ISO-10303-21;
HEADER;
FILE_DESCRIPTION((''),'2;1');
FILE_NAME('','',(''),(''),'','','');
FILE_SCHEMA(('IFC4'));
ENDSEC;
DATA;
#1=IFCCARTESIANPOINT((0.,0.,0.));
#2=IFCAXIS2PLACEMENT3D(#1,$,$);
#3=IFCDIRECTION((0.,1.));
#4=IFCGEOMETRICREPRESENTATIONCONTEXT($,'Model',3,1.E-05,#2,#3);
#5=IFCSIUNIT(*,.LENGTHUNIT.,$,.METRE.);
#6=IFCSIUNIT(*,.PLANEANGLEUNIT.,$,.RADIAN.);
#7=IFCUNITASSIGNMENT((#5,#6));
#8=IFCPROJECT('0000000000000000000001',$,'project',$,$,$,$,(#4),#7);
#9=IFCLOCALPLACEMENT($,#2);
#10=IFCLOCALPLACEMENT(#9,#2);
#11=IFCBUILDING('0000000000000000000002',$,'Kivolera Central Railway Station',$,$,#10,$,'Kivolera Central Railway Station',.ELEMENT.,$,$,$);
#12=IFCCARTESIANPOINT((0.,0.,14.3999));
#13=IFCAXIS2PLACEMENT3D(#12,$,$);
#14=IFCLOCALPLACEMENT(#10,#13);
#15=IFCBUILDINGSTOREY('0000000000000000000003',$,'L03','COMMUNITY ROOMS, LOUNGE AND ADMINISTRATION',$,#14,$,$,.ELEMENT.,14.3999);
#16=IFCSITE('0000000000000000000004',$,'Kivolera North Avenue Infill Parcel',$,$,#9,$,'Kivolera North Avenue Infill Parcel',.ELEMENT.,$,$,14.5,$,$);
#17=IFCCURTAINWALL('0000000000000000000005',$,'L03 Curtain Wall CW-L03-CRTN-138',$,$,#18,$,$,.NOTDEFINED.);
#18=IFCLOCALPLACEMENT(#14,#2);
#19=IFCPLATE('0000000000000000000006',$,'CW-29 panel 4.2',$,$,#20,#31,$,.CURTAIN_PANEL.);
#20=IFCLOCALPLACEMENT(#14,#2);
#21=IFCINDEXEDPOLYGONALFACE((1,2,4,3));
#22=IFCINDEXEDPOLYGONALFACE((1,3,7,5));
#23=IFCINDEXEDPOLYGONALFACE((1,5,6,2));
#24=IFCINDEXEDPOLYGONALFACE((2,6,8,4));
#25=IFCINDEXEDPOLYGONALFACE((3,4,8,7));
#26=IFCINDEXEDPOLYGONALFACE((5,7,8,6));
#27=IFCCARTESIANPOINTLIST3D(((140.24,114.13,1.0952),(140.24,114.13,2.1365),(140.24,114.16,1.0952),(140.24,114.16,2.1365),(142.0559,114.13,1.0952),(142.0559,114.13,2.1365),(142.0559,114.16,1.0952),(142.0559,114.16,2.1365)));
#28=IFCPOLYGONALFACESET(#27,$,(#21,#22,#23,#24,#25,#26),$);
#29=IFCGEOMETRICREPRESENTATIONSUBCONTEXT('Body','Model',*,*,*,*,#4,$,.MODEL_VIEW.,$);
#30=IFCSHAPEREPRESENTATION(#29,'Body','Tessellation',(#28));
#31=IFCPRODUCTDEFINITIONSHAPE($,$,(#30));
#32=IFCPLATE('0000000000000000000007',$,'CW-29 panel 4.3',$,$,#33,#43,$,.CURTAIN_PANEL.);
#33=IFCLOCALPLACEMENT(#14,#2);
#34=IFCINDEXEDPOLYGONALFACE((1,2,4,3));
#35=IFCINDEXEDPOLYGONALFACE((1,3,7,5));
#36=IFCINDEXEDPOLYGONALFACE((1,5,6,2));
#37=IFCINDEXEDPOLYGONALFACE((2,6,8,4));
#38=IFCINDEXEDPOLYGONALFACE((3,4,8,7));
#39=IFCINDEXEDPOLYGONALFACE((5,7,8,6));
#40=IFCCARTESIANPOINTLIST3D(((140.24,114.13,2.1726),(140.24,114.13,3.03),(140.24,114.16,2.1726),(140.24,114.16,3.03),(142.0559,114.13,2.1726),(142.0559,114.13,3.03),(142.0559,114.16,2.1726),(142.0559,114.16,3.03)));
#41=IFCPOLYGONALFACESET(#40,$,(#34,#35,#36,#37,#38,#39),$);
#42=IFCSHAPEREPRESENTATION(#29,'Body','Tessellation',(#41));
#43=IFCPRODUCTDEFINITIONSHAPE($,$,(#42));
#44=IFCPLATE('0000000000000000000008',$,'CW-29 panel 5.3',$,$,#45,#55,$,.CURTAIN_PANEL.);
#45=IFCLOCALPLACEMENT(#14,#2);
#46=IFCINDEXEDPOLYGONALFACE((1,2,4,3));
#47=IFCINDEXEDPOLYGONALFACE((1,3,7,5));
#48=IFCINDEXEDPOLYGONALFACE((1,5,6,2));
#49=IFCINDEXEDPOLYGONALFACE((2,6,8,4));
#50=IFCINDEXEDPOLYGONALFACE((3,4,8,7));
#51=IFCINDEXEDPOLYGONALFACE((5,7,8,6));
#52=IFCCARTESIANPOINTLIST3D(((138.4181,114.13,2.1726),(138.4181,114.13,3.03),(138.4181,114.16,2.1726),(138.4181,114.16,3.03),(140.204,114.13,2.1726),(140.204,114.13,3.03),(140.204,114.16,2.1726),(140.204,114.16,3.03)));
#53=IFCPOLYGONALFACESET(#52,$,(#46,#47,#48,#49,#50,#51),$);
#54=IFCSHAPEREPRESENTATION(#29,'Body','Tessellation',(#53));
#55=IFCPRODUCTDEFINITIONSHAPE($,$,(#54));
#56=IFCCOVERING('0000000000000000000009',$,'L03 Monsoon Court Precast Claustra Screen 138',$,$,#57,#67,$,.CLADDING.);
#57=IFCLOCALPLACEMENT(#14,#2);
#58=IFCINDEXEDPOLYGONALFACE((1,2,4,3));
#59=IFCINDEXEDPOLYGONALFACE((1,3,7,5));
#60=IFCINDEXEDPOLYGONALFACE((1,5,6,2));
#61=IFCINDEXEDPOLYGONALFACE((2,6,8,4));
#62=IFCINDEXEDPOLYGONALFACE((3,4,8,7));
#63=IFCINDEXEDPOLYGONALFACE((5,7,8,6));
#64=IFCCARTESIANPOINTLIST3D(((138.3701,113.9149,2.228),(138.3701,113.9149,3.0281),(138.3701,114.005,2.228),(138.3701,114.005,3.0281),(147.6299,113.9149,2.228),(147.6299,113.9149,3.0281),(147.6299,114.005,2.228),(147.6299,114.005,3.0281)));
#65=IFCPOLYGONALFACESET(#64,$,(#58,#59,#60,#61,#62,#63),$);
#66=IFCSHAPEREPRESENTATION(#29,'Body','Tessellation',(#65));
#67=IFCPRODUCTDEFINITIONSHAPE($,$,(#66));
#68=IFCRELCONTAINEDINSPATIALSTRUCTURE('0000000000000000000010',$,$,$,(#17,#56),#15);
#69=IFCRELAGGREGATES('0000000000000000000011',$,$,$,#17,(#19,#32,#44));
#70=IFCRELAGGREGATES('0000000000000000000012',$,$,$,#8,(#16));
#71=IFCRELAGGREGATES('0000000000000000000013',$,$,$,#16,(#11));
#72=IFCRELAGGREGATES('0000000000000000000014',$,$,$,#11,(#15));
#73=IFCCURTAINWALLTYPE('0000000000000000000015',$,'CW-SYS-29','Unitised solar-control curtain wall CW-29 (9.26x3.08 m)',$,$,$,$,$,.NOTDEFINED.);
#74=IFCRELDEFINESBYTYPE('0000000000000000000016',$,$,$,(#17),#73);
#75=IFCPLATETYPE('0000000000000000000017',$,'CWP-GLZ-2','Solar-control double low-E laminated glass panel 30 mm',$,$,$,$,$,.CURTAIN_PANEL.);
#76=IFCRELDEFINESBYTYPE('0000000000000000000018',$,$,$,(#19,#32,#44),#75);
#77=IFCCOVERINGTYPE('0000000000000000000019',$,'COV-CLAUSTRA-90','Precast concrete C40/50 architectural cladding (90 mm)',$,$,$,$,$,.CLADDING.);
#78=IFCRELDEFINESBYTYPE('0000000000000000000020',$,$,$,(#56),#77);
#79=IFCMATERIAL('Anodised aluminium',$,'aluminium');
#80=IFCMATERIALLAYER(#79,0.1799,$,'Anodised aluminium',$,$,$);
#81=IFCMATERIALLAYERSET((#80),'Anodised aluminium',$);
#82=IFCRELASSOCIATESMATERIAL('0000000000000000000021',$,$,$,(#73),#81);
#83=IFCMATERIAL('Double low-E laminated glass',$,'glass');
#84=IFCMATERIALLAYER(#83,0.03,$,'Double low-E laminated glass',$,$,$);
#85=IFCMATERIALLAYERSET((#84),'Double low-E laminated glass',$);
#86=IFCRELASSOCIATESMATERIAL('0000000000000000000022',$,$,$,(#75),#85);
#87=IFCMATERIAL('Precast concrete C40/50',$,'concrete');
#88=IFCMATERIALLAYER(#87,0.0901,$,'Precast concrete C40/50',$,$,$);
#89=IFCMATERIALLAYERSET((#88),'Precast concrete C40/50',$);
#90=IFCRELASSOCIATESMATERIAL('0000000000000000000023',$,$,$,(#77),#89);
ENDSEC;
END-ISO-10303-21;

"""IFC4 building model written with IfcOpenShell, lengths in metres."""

from ifc_helpers import new_model, si_unit, direction, frame, frame_2d, origin, origin_2d, place, context, subcontext, project, spatial, rectangle, extrude, material, layer, layer_set, type_object, element, aggregate, save


model = new_model("IFC4")

# Units and contexts
model_context = context("Model", 3, precision=1e-05, world=origin(), true_north=direction((0.0, 1.0)))
body_context = subcontext(model_context, "Body", "Model", "MODEL_VIEW")
ifc_project = project(units=[si_unit("LENGTHUNIT", "METRE"), si_unit("PLANEANGLEUNIT", "RADIAN")], contexts=[model_context])

# Site, building, storey
site_placement = place(None, origin())
site = spatial("IfcSite", under=ifc_project, at=site_placement, Name="Kivolera North Avenue Infill Parcel", LongName="Kivolera North Avenue Infill Parcel", CompositionType="ELEMENT", RefElevation=14.5)
building_placement = place(site_placement, origin())
building = spatial("IfcBuilding", under=site, at=building_placement, Name="Kivolera Central Railway Station", LongName="Kivolera Central Railway Station", CompositionType="ELEMENT")
storey_placement = place(building_placement, frame((0.0, 0.0, 14.3999)))
storey = spatial("IfcBuildingStorey", under=building, at=storey_placement, Name="L03", Description="COMMUNITY ROOMS, LOUNGE AND ADMINISTRATION", CompositionType="ELEMENT", Elevation=14.3999)

# Curtain wall, plates
ifc_material_1 = material(Name="Anodised aluminium", Category="aluminium")
ifc_layer_1 = layer(ifc_material_1, 0.1799, Name="Anodised aluminium")
ifc_layer_set_1 = layer_set([ifc_layer_1], Name="Anodised aluminium")
curtain_wall_type = type_object("IfcCurtainWallType", Name="CW-SYS-29", Description="Unitised solar-control curtain wall CW-29 (9.26x3.08 m)", PredefinedType="NOTDEFINED", material=ifc_layer_set_1)
curtain_wall_placement = place(storey_placement, origin())
curtain_wall = element("IfcCurtainWall", 1, at=curtain_wall_placement, inside=storey, type_object=curtain_wall_type, Name="L03 Curtain Wall CW-L03-CRTN-138", PredefinedType="NOTDEFINED")
ifc_material_2 = material(Name="Double low-E laminated glass", Category="glass")
ifc_layer_2 = layer(ifc_material_2, 0.03, Name="Double low-E laminated glass")
ifc_layer_set_2 = layer_set([ifc_layer_2], Name="Double low-E laminated glass")
plate_type = type_object("IfcPlateType", Name="CWP-GLZ-2", Description="Solar-control double low-E laminated glass panel 30 mm", PredefinedType="CURTAIN_PANEL", material=ifc_layer_set_2)
plate_1_placement = place(storey_placement, frame((141.1479, 114.145, 1.0952), z_axis=(0.0, 0.0, 1.0), x_axis=(-1.0, 0.0, 0.0)))
plate_1 = element("IfcPlate", 2, at=plate_1_placement, type_object=plate_type, Name="CW-29 panel 4.2", PredefinedType="CURTAIN_PANEL", context=body_context, shape_type="SweptSolid", body=[
    extrude(rectangle(XDim=1.8159, YDim=0.03, at=origin_2d()), origin(), (0.0, 0.0, 1.0), 1.0413),
])
plate_2_placement = place(storey_placement, frame((141.1479, 114.145, 2.1726), z_axis=(0.0, 0.0, 1.0), x_axis=(-1.0, 0.0, 0.0)))
plate_2 = element("IfcPlate", 3, at=plate_2_placement, type_object=plate_type, Name="CW-29 panel 4.3", PredefinedType="CURTAIN_PANEL", context=body_context, shape_type="SweptSolid", body=[
    extrude(rectangle(XDim=1.8159, YDim=0.03, at=origin_2d()), origin(), (0.0, 0.0, 1.0), 0.8574),
])
plate_3_placement = place(storey_placement, frame((139.311, 114.145, 2.1726), z_axis=(0.0, 0.0, 1.0), x_axis=(-1.0, 0.0, 0.0)))
plate_3 = element("IfcPlate", 4, at=plate_3_placement, type_object=plate_type, Name="CW-29 panel 5.3", PredefinedType="CURTAIN_PANEL", context=body_context, shape_type="SweptSolid", body=[
    extrude(rectangle(XDim=1.7859, YDim=0.03, at=origin_2d()), origin(), (0.0, 0.0, 1.0), 0.8574),
])
aggregate(curtain_wall, [plate_1, plate_2, plate_3])

# Covering
ifc_material_3 = material(Name="Precast concrete C40/50", Category="concrete")
ifc_layer_3 = layer(ifc_material_3, 0.0901, Name="Precast concrete C40/50")
ifc_layer_set_3 = layer_set([ifc_layer_3], Name="Precast concrete C40/50")
covering_type = type_object("IfcCoveringType", Name="COV-CLAUSTRA-90", Description="Precast concrete C40/50 architectural cladding (90 mm)", PredefinedType="CLADDING", material=ifc_layer_set_3)
covering_placement = place(storey_placement, frame((147.6299, 113.96, 2.228), z_axis=(0.0, 0.0, 1.0), x_axis=(-1.0, 0.0, 0.0)))
element("IfcCovering", 5, at=covering_placement, inside=storey, type_object=covering_type, Name="L03 Monsoon Court Precast Claustra Screen 138", PredefinedType="CLADDING", context=body_context, shape_type="SweptSolid", body=[
    extrude(rectangle(XDim=9.2598, YDim=0.0901, at=frame_2d((4.6299, 0.0))), origin(), (0.0, 0.0, 1.0), 0.8),
])

save(model, "model.ifc")
